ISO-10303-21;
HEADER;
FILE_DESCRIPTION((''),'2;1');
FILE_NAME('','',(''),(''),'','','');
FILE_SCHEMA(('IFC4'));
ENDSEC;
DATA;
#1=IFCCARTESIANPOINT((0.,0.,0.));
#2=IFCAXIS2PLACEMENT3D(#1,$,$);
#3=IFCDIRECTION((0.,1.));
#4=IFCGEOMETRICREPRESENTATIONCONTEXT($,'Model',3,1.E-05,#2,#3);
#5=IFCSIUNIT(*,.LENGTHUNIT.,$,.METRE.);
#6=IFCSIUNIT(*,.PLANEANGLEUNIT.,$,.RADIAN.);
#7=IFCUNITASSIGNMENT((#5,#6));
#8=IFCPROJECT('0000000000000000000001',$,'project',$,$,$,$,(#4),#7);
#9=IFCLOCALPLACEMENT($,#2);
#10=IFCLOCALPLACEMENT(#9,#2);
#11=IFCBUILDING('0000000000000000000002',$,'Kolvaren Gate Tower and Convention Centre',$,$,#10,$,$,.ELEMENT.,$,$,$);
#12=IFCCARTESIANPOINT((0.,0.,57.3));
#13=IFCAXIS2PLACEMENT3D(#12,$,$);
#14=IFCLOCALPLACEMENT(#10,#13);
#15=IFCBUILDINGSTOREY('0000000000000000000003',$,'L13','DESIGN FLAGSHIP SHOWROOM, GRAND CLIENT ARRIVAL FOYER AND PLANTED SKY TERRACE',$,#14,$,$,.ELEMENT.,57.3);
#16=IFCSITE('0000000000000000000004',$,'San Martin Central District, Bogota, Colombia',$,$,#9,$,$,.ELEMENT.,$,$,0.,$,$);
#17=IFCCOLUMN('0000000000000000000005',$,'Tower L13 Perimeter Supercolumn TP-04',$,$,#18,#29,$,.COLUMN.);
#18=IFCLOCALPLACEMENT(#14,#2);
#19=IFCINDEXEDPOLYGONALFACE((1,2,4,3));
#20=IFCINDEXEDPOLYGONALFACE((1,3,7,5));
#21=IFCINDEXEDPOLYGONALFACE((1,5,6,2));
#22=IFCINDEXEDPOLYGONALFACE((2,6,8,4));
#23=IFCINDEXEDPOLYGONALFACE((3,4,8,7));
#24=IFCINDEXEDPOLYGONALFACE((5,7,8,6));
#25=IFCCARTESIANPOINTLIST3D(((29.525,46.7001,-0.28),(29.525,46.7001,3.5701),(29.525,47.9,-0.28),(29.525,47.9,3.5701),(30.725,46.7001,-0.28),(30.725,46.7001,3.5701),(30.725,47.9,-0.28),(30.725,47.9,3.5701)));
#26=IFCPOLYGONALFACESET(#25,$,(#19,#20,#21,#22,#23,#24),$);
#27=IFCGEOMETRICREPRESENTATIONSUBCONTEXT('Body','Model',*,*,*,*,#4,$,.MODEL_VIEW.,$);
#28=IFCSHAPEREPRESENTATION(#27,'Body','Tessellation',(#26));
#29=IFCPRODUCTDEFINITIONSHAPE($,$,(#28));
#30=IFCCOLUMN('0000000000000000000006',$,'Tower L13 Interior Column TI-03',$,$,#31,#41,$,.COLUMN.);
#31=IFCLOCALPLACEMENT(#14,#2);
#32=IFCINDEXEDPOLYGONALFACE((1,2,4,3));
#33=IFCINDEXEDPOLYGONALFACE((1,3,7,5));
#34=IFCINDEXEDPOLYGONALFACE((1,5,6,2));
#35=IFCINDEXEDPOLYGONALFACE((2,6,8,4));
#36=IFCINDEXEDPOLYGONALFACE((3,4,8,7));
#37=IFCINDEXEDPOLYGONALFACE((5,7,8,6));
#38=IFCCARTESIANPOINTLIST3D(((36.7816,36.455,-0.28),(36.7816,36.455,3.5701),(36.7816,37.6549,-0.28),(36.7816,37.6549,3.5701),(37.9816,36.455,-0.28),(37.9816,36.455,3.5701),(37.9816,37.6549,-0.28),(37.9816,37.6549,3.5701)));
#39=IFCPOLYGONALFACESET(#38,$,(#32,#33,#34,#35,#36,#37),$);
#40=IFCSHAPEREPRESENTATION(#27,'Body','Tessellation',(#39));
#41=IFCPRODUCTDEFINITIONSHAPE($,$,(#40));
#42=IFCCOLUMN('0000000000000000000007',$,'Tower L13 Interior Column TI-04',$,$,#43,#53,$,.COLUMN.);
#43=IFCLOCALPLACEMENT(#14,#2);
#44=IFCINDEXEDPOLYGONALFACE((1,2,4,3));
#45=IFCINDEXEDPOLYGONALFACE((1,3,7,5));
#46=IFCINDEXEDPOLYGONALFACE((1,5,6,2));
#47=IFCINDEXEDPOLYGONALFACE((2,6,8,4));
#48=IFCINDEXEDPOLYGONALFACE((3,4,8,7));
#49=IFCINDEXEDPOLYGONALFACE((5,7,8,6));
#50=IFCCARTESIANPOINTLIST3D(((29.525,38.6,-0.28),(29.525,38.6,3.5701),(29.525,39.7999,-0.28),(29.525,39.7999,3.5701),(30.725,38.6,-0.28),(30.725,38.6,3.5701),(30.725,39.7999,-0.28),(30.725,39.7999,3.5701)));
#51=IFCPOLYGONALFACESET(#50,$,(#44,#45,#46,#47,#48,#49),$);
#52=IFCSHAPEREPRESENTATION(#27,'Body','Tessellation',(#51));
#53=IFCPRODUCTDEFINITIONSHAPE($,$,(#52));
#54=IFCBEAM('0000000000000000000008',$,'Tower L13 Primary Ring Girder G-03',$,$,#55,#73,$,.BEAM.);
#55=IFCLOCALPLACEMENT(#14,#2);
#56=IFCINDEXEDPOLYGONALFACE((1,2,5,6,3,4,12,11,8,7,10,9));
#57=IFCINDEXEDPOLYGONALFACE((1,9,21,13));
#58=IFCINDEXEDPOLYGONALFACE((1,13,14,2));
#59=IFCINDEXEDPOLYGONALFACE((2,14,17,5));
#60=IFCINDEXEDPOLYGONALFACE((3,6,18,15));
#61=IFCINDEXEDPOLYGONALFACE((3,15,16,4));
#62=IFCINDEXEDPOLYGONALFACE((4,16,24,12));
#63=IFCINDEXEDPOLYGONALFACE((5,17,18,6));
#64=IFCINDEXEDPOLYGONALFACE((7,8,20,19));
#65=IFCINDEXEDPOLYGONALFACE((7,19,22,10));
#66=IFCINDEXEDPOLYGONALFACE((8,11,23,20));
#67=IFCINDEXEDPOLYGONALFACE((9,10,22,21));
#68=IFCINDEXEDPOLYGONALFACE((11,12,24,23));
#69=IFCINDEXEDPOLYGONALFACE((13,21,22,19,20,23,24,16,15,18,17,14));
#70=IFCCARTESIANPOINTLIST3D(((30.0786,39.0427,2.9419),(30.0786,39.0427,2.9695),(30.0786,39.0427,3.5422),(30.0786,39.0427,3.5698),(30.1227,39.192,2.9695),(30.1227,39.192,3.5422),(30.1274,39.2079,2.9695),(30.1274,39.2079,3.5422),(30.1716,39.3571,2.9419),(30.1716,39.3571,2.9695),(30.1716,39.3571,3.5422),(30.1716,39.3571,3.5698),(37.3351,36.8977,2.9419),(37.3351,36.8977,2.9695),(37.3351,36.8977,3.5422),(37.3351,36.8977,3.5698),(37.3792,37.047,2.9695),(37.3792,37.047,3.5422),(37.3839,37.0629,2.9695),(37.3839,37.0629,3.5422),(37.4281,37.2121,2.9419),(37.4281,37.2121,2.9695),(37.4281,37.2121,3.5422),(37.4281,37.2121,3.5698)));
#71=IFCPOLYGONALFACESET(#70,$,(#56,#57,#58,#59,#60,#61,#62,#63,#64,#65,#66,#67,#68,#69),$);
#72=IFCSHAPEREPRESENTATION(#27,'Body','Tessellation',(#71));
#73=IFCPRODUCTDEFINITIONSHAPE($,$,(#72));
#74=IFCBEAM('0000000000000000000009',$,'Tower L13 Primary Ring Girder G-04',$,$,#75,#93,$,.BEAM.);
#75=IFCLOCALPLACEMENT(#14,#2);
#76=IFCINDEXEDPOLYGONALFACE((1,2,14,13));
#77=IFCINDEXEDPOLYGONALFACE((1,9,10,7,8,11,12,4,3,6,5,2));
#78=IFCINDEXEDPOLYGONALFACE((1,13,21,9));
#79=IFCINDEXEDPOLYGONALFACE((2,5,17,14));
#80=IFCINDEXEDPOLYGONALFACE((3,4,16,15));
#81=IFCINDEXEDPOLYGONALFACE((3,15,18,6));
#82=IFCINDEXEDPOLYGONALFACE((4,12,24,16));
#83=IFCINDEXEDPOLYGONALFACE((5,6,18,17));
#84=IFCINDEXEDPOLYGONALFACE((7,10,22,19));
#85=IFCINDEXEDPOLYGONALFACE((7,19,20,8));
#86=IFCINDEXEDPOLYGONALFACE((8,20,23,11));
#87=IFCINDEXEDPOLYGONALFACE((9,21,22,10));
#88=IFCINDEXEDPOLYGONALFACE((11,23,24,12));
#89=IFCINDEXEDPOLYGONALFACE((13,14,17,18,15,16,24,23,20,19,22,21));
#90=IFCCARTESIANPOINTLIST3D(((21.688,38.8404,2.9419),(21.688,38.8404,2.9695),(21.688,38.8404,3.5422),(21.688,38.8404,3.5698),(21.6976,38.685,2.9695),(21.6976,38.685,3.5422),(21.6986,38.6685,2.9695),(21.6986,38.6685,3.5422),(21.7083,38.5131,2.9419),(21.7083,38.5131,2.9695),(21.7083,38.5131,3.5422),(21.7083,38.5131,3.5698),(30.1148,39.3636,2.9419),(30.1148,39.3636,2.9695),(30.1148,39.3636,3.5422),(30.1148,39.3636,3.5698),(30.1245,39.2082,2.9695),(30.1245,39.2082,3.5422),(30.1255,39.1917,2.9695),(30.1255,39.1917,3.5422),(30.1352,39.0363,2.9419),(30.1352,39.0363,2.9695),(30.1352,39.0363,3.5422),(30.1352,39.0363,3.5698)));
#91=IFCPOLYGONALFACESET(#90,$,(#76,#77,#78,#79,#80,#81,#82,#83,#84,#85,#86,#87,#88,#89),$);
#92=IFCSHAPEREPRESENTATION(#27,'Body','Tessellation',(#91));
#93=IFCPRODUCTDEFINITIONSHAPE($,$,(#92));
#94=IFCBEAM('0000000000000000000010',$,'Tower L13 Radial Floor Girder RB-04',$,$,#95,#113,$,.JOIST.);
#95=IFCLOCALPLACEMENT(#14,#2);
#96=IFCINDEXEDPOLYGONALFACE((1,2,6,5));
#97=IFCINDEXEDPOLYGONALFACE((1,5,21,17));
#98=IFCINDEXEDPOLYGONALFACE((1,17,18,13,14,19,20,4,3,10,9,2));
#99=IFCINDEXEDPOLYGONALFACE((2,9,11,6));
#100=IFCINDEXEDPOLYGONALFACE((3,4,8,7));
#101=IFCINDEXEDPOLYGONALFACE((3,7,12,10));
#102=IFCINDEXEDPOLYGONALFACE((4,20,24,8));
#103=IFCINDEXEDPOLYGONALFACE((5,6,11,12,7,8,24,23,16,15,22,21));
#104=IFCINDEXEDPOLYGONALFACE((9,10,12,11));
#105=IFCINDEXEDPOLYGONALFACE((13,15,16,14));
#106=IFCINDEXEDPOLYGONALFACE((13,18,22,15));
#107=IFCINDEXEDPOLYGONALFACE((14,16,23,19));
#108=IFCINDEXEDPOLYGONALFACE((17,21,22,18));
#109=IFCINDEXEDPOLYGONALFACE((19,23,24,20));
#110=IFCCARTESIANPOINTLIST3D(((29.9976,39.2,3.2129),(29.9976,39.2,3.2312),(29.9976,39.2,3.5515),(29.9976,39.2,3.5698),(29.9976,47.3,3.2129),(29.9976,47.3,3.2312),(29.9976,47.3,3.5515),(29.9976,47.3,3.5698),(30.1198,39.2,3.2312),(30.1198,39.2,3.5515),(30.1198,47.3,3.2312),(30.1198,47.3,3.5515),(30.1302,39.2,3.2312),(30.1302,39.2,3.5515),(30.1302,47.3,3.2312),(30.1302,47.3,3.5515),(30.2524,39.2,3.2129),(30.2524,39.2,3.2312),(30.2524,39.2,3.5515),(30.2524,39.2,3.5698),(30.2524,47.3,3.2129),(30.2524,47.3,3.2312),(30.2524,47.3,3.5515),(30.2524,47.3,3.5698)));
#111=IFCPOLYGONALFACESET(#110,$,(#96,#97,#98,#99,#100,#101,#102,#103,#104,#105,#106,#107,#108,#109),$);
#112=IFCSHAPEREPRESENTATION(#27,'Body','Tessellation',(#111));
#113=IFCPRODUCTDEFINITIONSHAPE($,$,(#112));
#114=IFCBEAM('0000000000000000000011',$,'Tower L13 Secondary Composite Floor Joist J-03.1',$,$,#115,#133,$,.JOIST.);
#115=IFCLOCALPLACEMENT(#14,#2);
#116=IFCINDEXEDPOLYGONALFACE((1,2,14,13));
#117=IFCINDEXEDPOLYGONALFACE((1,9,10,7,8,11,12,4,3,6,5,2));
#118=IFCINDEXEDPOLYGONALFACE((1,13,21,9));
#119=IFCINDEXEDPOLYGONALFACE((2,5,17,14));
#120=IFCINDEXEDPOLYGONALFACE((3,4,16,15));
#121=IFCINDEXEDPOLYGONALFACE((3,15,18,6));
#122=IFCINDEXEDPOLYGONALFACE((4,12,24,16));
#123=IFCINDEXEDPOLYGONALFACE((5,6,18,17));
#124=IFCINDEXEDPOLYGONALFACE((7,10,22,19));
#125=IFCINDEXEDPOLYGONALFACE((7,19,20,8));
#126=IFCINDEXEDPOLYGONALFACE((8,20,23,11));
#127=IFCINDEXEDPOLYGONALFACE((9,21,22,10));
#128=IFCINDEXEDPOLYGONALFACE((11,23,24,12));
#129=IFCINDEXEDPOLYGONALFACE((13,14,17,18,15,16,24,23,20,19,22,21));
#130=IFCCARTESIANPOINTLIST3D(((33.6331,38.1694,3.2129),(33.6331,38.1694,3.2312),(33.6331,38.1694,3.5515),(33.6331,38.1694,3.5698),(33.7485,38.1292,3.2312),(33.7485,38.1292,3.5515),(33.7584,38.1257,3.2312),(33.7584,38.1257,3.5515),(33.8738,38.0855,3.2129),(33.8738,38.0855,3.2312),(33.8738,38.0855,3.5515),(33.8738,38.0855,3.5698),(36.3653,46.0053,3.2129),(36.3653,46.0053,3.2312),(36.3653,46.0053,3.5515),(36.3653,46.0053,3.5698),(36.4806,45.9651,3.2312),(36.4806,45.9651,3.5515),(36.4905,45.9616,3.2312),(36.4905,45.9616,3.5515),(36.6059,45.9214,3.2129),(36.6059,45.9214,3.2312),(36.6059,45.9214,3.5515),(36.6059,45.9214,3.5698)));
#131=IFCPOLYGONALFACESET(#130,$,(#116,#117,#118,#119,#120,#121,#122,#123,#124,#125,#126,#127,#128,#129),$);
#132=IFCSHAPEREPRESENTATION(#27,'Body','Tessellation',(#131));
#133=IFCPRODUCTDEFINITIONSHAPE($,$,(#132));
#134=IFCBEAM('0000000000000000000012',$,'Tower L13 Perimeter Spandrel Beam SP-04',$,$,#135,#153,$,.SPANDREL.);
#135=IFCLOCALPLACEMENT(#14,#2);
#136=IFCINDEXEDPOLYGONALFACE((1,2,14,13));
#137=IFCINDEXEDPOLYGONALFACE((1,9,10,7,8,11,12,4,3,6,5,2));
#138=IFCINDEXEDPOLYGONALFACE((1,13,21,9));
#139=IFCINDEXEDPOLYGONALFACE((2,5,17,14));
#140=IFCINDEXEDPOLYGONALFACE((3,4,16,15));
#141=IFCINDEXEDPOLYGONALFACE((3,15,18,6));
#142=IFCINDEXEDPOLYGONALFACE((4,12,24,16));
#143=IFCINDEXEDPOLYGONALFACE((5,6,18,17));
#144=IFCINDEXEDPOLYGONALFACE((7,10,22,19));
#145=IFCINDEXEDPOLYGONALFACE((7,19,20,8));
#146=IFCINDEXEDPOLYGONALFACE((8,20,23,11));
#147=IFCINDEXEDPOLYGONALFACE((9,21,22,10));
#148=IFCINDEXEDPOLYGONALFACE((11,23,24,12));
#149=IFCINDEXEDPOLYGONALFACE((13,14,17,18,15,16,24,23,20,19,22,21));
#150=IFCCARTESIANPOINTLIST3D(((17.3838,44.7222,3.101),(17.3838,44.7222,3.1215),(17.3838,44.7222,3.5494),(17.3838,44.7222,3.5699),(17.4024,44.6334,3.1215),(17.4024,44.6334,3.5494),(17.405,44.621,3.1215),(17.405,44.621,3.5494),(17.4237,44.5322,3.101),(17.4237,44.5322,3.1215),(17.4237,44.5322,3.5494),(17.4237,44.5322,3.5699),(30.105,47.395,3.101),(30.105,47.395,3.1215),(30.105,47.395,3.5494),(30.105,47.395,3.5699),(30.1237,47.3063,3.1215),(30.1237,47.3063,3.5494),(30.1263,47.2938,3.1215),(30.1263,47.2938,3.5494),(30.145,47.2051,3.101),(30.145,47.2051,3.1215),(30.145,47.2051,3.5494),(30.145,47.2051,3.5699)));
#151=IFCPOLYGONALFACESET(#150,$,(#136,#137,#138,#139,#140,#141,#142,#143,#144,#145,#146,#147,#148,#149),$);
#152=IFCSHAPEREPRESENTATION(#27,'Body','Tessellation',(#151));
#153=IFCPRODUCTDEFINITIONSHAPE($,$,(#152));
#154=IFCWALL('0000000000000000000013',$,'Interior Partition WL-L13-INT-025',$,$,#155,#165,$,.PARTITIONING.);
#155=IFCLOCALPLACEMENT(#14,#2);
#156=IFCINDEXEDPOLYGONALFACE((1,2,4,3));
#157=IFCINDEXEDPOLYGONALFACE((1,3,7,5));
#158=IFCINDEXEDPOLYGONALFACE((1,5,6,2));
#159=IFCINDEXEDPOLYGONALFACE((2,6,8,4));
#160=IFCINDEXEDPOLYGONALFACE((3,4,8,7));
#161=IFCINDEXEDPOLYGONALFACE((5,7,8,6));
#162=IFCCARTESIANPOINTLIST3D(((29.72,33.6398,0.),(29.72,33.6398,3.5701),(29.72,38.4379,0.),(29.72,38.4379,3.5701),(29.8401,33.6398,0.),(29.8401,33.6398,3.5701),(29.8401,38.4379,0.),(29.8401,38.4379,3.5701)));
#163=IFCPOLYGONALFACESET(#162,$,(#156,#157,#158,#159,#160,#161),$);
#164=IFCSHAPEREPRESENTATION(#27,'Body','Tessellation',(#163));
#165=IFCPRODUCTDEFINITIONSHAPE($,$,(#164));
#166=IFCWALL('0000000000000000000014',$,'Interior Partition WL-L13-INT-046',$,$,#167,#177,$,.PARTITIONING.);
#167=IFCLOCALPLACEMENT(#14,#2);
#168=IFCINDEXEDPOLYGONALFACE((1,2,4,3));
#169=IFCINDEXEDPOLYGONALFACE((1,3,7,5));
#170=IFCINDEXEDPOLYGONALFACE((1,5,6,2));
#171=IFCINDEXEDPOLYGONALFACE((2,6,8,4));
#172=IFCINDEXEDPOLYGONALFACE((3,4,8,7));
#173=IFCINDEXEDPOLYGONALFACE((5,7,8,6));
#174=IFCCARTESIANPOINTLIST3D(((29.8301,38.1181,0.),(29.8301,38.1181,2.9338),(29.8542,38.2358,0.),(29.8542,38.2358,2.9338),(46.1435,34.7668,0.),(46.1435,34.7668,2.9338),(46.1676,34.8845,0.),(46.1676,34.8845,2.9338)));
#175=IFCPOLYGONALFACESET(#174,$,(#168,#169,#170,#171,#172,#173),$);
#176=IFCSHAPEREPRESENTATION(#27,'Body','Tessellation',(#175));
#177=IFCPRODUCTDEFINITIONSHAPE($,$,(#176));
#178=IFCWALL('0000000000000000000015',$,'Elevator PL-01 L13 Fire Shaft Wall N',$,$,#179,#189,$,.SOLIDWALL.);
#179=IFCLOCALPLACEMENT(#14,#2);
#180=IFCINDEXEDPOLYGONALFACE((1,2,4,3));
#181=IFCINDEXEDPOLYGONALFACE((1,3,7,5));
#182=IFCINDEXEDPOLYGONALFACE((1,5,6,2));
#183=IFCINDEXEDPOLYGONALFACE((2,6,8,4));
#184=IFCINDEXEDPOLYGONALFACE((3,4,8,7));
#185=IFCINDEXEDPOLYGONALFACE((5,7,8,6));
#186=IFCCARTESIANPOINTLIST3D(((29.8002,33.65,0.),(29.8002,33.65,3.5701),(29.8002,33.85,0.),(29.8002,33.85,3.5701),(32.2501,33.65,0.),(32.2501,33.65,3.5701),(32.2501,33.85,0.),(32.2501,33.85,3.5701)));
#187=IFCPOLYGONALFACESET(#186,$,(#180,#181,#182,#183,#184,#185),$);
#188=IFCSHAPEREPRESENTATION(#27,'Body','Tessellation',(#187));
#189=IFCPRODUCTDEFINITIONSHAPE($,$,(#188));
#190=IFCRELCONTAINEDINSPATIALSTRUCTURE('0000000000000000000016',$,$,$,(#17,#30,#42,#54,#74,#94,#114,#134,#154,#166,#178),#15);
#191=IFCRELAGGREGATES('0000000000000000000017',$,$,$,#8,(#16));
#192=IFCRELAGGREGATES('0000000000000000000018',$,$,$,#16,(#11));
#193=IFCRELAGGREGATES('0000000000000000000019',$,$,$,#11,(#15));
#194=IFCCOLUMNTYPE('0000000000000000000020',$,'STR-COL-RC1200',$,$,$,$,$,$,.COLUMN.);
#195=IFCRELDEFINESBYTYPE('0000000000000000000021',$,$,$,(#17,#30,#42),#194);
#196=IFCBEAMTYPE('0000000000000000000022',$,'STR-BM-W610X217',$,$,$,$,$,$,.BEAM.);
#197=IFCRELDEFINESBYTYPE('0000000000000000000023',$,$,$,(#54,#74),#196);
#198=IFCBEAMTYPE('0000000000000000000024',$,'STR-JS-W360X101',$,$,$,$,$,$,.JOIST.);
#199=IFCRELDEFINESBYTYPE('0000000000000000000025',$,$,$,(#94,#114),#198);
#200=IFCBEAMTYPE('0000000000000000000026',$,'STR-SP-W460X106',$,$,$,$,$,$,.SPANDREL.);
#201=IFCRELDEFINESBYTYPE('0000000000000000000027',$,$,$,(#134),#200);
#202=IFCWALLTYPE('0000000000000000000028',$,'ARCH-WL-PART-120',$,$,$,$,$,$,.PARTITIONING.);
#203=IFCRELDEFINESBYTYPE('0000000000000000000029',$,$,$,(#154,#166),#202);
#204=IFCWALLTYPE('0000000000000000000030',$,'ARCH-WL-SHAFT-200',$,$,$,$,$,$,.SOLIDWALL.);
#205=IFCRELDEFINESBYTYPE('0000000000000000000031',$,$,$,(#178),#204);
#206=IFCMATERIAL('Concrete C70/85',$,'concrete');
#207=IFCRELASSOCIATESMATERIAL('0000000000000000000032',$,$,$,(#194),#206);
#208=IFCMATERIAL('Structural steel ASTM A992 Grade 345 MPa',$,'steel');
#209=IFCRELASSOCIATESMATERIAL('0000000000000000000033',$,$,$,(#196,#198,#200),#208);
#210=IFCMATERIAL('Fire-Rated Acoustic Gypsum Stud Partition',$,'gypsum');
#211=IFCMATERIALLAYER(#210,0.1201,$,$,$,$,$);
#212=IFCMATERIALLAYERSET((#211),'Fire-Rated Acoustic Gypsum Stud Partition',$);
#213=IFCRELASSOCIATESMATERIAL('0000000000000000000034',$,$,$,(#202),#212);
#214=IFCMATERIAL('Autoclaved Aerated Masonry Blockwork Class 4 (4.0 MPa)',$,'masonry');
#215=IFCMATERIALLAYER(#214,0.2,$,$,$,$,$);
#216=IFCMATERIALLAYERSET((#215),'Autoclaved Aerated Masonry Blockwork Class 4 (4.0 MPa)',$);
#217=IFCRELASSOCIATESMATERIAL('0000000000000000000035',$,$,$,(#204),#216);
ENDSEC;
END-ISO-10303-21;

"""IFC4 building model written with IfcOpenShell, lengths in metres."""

from ifc_helpers import new_model, si_unit, direction, frame, frame_2d, origin, origin_2d, place, context, subcontext, project, spatial, rectangle, i_section, extrude, material, layer, layer_set, material_profile, profile_set, type_object, element, save


model = new_model("IFC4")

# Units and contexts
model_context = context("Model", 3, precision=1e-05, world=origin(), true_north=direction((0.0, 1.0)))
body_context = subcontext(model_context, "Body", "Model", "MODEL_VIEW")
ifc_project = project(units=[si_unit("LENGTHUNIT", "METRE"), si_unit("PLANEANGLEUNIT", "RADIAN")], contexts=[model_context])

# Site, building, storey
site_placement = place(None, origin())
site = spatial("IfcSite", under=ifc_project, at=site_placement, Name="San Martin Central District, Bogota, Colombia", CompositionType="ELEMENT", RefElevation=0.0)
building_placement = place(site_placement, origin())
building = spatial("IfcBuilding", under=site, at=building_placement, Name="Kolvaren Gate Tower and Convention Centre", CompositionType="ELEMENT")
storey_placement = place(building_placement, frame((0.0, 0.0, 57.3)))
storey = spatial("IfcBuildingStorey", under=building, at=storey_placement, Name="L13", Description="DESIGN FLAGSHIP SHOWROOM, GRAND CLIENT ARRIVAL FOYER AND PLANTED SKY TERRACE", CompositionType="ELEMENT", Elevation=57.3)

# Columns
ifc_material_1 = material(Name="Concrete C70/85", Category="concrete")
ifc_material_profile_1 = material_profile(ifc_material_1, rectangle(XDim=1.2, YDim=1.2, at=origin_2d()), Name="RC-COL-1200X1200")
ifc_profile_set_1 = profile_set([ifc_material_profile_1], Name="Concrete C70/85")
column_type = type_object("IfcColumnType", Name="STR-COL-RC1200", PredefinedType="COLUMN", material=ifc_profile_set_1)
for number, where, z_axis, x_axis, name in (
    (1, (30.125, 47.3, -0.28), (0.0, 0.0, 1.0), (1.0, 0.0, 0.0), "Tower L13 Perimeter Supercolumn TP-04"),
    (2, (37.3816, 37.0549, -0.28), (0.0, 0.0, 1.0), (1.0, 0.0, 0.0), "Tower L13 Interior Column TI-03"),
    (3, (30.125, 39.2, -0.28), (0.0, 0.0, 1.0), (1.0, 0.0, 0.0), "Tower L13 Interior Column TI-04"),
):
    element("IfcColumn", number, at=place(storey_placement, frame(where, z_axis=z_axis, x_axis=x_axis)), inside=storey, type_object=column_type, Name=name, PredefinedType="COLUMN", context=body_context, shape_type="SweptSolid", body=[
        extrude(rectangle(XDim=1.2, YDim=1.2, at=origin_2d()), origin(), (0.0, 0.0, 1.0), 3.8501),
    ])

# Beams
ifc_material_2 = material(Name="Structural steel ASTM A992 Grade 345 MPa", Category="steel")
ifc_material_profile_2 = material_profile(ifc_material_2, i_section(OverallWidth=0.3279, OverallDepth=0.6279, WebThickness=0.0166, FlangeThickness=0.0276, at=origin_2d()), Name="W610X217")
ifc_profile_set_2 = profile_set([ifc_material_profile_2], Name="Structural steel ASTM A992 Grade 345 MPa")
beam_type_1 = type_object("IfcBeamType", Name="STR-BM-W610X217", PredefinedType="BEAM", material=ifc_profile_set_2)
beam_1_placement = place(storey_placement, frame((37.3816, 37.0549, 3.2559), z_axis=(-0.958981, 0.283471, 0.0), x_axis=(-0.283471, -0.958981, 0.0)))
element("IfcBeam", 4, at=beam_1_placement, inside=storey, type_object=beam_type_1, Name="Tower L13 Primary Ring Girder G-03", PredefinedType="BEAM", context=body_context, shape_type="SweptSolid", body=[
    extrude(i_section(OverallWidth=0.3279, OverallDepth=0.6279, WebThickness=0.0166, FlangeThickness=0.0276, at=origin_2d()), origin(), (0.0, 0.0, 1.0), 7.5669),
])
beam_2_placement = place(storey_placement, frame((30.125, 39.2, 3.2559), z_axis=(-0.998078, -0.061966, 0.0), x_axis=(0.061966, -0.998078, 0.0)))
element("IfcBeam", 5, at=beam_2_placement, inside=storey, type_object=beam_type_1, Name="Tower L13 Primary Ring Girder G-04", PredefinedType="BEAM", context=body_context, shape_type="SweptSolid", body=[
    extrude(i_section(OverallWidth=0.3279, OverallDepth=0.6279, WebThickness=0.0166, FlangeThickness=0.0276, at=origin_2d()), origin(), (0.0, 0.0, 1.0), 8.4431),
])
ifc_material_profile_3 = material_profile(ifc_material_2, i_section(OverallWidth=0.2549, OverallDepth=0.3569, WebThickness=0.0105, FlangeThickness=0.0183, at=origin_2d()), Name="W360X101")
ifc_profile_set_3 = profile_set([ifc_material_profile_3], Name="Structural steel ASTM A992 Grade 345 MPa")
beam_type_2 = type_object("IfcBeamType", Name="STR-JS-W360X101", PredefinedType="JOIST", material=ifc_profile_set_3)
beam_3_placement = place(storey_placement, frame((30.125, 39.2, 3.3914), z_axis=(0.0, 1.0, 0.0), x_axis=(-1.0, 0.0, 0.0)))
element("IfcBeam", 6, at=beam_3_placement, inside=storey, type_object=beam_type_2, Name="Tower L13 Radial Floor Girder RB-04", PredefinedType="JOIST", context=body_context, shape_type="SweptSolid", body=[
    extrude(i_section(OverallWidth=0.2549, OverallDepth=0.3569, WebThickness=0.0105, FlangeThickness=0.0183, at=origin_2d()), origin(), (0.0, 0.0, 1.0), 8.1001),
])
beam_4_placement = place(storey_placement, frame((33.7534, 38.1274, 3.3914), z_axis=(0.329234, 0.944248, 0.0), x_axis=(-0.944248, 0.329234, 0.0)))
element("IfcBeam", 7, at=beam_4_placement, inside=storey, type_object=beam_type_2, Name="Tower L13 Secondary Composite Floor Joist J-03.1", PredefinedType="JOIST", context=body_context, shape_type="SweptSolid", body=[
    extrude(i_section(OverallWidth=0.2549, OverallDepth=0.3569, WebThickness=0.0105, FlangeThickness=0.0183, at=origin_2d()), origin(), (0.0, 0.0, 1.0), 8.2986),
])
ifc_material_profile_4 = material_profile(ifc_material_2, i_section(OverallWidth=0.1941, OverallDepth=0.469, WebThickness=0.0127, FlangeThickness=0.0205, at=origin_2d()), Name="W460X106")
ifc_profile_set_4 = profile_set([ifc_material_profile_4], Name="Structural steel ASTM A992 Grade 345 MPa")
beam_type_3 = type_object("IfcBeamType", Name="STR-SP-W460X106", PredefinedType="SPANDREL", material=ifc_profile_set_4)
beam_5_placement = place(storey_placement, frame((30.125, 47.3, 3.3354), z_axis=(-0.978632, -0.20562, 0.0), x_axis=(0.20562, -0.978632, 0.0)))
element("IfcBeam", 8, at=beam_5_placement, inside=storey, type_object=beam_type_3, Name="Tower L13 Perimeter Spandrel Beam SP-04", PredefinedType="SPANDREL", context=body_context, shape_type="SweptSolid", body=[
    extrude(i_section(OverallWidth=0.1941, OverallDepth=0.469, WebThickness=0.0127, FlangeThickness=0.0205, at=origin_2d()), origin(), (0.0, 0.0, 1.0), 12.999),
])

# Walls
ifc_material_3 = material(Name="Fire-Rated Acoustic Gypsum Stud Partition", Category="gypsum")
ifc_layer_1 = layer(ifc_material_3, 0.1201)
ifc_layer_set_1 = layer_set([ifc_layer_1], Name="Fire-Rated Acoustic Gypsum Stud Partition")
wall_type_1 = type_object("IfcWallType", Name="ARCH-WL-PART-120", PredefinedType="PARTITIONING", material=ifc_layer_set_1)
wall_1_placement = place(storey_placement, frame((29.78, 33.6399, 0.0), z_axis=(0.0, 0.0, 1.0), x_axis=(0.0, 1.0, 0.0)))
element("IfcWall", 9, at=wall_1_placement, inside=storey, type_object=wall_type_1, Name="Interior Partition WL-L13-INT-025", PredefinedType="PARTITIONING", context=body_context, shape_type="SweptSolid", body=[
    extrude(rectangle(XDim=4.7981, YDim=0.1201, at=frame_2d((2.3989, 0.0))), origin(), (0.0, 0.0, 1.0), 3.5701),
])
wall_2_placement = place(storey_placement, frame((29.842, 38.177, 0.0), z_axis=(0.0, 0.0, 1.0), x_axis=(0.979544, -0.20123, 0.0)))
element("IfcWall", 10, at=wall_2_placement, inside=storey, type_object=wall_type_1, Name="Interior Partition WL-L13-INT-046", PredefinedType="PARTITIONING", context=body_context, shape_type="SweptSolid", body=[
    extrude(rectangle(XDim=16.6541, YDim=0.1201, at=frame_2d((8.3271, 0.0))), origin(), (0.0, 0.0, 1.0), 2.9338),
])
ifc_material_4 = material(Name="Autoclaved Aerated Masonry Blockwork Class 4 (4.0 MPa)", Category="masonry")
ifc_layer_2 = layer(ifc_material_4, 0.2)
ifc_layer_set_2 = layer_set([ifc_layer_2], Name="Autoclaved Aerated Masonry Blockwork Class 4 (4.0 MPa)")
wall_type_2 = type_object("IfcWallType", Name="ARCH-WL-SHAFT-200", PredefinedType="SOLIDWALL", material=ifc_layer_set_2)
wall_3_placement = place(storey_placement, frame((29.8, 33.75, 0.0), z_axis=(0.0, 0.0, 1.0), x_axis=(1.0, 0.0, 0.0)))
element("IfcWall", 11, at=wall_3_placement, inside=storey, type_object=wall_type_2, Name="Elevator PL-01 L13 Fire Shaft Wall N", PredefinedType="SOLIDWALL", context=body_context, shape_type="SweptSolid", body=[
    extrude(rectangle(XDim=2.45, YDim=0.2, at=frame_2d((1.2251, 0.0))), origin(), (0.0, 0.0, 1.0), 3.5701),
])

save(model, "model.ifc")
